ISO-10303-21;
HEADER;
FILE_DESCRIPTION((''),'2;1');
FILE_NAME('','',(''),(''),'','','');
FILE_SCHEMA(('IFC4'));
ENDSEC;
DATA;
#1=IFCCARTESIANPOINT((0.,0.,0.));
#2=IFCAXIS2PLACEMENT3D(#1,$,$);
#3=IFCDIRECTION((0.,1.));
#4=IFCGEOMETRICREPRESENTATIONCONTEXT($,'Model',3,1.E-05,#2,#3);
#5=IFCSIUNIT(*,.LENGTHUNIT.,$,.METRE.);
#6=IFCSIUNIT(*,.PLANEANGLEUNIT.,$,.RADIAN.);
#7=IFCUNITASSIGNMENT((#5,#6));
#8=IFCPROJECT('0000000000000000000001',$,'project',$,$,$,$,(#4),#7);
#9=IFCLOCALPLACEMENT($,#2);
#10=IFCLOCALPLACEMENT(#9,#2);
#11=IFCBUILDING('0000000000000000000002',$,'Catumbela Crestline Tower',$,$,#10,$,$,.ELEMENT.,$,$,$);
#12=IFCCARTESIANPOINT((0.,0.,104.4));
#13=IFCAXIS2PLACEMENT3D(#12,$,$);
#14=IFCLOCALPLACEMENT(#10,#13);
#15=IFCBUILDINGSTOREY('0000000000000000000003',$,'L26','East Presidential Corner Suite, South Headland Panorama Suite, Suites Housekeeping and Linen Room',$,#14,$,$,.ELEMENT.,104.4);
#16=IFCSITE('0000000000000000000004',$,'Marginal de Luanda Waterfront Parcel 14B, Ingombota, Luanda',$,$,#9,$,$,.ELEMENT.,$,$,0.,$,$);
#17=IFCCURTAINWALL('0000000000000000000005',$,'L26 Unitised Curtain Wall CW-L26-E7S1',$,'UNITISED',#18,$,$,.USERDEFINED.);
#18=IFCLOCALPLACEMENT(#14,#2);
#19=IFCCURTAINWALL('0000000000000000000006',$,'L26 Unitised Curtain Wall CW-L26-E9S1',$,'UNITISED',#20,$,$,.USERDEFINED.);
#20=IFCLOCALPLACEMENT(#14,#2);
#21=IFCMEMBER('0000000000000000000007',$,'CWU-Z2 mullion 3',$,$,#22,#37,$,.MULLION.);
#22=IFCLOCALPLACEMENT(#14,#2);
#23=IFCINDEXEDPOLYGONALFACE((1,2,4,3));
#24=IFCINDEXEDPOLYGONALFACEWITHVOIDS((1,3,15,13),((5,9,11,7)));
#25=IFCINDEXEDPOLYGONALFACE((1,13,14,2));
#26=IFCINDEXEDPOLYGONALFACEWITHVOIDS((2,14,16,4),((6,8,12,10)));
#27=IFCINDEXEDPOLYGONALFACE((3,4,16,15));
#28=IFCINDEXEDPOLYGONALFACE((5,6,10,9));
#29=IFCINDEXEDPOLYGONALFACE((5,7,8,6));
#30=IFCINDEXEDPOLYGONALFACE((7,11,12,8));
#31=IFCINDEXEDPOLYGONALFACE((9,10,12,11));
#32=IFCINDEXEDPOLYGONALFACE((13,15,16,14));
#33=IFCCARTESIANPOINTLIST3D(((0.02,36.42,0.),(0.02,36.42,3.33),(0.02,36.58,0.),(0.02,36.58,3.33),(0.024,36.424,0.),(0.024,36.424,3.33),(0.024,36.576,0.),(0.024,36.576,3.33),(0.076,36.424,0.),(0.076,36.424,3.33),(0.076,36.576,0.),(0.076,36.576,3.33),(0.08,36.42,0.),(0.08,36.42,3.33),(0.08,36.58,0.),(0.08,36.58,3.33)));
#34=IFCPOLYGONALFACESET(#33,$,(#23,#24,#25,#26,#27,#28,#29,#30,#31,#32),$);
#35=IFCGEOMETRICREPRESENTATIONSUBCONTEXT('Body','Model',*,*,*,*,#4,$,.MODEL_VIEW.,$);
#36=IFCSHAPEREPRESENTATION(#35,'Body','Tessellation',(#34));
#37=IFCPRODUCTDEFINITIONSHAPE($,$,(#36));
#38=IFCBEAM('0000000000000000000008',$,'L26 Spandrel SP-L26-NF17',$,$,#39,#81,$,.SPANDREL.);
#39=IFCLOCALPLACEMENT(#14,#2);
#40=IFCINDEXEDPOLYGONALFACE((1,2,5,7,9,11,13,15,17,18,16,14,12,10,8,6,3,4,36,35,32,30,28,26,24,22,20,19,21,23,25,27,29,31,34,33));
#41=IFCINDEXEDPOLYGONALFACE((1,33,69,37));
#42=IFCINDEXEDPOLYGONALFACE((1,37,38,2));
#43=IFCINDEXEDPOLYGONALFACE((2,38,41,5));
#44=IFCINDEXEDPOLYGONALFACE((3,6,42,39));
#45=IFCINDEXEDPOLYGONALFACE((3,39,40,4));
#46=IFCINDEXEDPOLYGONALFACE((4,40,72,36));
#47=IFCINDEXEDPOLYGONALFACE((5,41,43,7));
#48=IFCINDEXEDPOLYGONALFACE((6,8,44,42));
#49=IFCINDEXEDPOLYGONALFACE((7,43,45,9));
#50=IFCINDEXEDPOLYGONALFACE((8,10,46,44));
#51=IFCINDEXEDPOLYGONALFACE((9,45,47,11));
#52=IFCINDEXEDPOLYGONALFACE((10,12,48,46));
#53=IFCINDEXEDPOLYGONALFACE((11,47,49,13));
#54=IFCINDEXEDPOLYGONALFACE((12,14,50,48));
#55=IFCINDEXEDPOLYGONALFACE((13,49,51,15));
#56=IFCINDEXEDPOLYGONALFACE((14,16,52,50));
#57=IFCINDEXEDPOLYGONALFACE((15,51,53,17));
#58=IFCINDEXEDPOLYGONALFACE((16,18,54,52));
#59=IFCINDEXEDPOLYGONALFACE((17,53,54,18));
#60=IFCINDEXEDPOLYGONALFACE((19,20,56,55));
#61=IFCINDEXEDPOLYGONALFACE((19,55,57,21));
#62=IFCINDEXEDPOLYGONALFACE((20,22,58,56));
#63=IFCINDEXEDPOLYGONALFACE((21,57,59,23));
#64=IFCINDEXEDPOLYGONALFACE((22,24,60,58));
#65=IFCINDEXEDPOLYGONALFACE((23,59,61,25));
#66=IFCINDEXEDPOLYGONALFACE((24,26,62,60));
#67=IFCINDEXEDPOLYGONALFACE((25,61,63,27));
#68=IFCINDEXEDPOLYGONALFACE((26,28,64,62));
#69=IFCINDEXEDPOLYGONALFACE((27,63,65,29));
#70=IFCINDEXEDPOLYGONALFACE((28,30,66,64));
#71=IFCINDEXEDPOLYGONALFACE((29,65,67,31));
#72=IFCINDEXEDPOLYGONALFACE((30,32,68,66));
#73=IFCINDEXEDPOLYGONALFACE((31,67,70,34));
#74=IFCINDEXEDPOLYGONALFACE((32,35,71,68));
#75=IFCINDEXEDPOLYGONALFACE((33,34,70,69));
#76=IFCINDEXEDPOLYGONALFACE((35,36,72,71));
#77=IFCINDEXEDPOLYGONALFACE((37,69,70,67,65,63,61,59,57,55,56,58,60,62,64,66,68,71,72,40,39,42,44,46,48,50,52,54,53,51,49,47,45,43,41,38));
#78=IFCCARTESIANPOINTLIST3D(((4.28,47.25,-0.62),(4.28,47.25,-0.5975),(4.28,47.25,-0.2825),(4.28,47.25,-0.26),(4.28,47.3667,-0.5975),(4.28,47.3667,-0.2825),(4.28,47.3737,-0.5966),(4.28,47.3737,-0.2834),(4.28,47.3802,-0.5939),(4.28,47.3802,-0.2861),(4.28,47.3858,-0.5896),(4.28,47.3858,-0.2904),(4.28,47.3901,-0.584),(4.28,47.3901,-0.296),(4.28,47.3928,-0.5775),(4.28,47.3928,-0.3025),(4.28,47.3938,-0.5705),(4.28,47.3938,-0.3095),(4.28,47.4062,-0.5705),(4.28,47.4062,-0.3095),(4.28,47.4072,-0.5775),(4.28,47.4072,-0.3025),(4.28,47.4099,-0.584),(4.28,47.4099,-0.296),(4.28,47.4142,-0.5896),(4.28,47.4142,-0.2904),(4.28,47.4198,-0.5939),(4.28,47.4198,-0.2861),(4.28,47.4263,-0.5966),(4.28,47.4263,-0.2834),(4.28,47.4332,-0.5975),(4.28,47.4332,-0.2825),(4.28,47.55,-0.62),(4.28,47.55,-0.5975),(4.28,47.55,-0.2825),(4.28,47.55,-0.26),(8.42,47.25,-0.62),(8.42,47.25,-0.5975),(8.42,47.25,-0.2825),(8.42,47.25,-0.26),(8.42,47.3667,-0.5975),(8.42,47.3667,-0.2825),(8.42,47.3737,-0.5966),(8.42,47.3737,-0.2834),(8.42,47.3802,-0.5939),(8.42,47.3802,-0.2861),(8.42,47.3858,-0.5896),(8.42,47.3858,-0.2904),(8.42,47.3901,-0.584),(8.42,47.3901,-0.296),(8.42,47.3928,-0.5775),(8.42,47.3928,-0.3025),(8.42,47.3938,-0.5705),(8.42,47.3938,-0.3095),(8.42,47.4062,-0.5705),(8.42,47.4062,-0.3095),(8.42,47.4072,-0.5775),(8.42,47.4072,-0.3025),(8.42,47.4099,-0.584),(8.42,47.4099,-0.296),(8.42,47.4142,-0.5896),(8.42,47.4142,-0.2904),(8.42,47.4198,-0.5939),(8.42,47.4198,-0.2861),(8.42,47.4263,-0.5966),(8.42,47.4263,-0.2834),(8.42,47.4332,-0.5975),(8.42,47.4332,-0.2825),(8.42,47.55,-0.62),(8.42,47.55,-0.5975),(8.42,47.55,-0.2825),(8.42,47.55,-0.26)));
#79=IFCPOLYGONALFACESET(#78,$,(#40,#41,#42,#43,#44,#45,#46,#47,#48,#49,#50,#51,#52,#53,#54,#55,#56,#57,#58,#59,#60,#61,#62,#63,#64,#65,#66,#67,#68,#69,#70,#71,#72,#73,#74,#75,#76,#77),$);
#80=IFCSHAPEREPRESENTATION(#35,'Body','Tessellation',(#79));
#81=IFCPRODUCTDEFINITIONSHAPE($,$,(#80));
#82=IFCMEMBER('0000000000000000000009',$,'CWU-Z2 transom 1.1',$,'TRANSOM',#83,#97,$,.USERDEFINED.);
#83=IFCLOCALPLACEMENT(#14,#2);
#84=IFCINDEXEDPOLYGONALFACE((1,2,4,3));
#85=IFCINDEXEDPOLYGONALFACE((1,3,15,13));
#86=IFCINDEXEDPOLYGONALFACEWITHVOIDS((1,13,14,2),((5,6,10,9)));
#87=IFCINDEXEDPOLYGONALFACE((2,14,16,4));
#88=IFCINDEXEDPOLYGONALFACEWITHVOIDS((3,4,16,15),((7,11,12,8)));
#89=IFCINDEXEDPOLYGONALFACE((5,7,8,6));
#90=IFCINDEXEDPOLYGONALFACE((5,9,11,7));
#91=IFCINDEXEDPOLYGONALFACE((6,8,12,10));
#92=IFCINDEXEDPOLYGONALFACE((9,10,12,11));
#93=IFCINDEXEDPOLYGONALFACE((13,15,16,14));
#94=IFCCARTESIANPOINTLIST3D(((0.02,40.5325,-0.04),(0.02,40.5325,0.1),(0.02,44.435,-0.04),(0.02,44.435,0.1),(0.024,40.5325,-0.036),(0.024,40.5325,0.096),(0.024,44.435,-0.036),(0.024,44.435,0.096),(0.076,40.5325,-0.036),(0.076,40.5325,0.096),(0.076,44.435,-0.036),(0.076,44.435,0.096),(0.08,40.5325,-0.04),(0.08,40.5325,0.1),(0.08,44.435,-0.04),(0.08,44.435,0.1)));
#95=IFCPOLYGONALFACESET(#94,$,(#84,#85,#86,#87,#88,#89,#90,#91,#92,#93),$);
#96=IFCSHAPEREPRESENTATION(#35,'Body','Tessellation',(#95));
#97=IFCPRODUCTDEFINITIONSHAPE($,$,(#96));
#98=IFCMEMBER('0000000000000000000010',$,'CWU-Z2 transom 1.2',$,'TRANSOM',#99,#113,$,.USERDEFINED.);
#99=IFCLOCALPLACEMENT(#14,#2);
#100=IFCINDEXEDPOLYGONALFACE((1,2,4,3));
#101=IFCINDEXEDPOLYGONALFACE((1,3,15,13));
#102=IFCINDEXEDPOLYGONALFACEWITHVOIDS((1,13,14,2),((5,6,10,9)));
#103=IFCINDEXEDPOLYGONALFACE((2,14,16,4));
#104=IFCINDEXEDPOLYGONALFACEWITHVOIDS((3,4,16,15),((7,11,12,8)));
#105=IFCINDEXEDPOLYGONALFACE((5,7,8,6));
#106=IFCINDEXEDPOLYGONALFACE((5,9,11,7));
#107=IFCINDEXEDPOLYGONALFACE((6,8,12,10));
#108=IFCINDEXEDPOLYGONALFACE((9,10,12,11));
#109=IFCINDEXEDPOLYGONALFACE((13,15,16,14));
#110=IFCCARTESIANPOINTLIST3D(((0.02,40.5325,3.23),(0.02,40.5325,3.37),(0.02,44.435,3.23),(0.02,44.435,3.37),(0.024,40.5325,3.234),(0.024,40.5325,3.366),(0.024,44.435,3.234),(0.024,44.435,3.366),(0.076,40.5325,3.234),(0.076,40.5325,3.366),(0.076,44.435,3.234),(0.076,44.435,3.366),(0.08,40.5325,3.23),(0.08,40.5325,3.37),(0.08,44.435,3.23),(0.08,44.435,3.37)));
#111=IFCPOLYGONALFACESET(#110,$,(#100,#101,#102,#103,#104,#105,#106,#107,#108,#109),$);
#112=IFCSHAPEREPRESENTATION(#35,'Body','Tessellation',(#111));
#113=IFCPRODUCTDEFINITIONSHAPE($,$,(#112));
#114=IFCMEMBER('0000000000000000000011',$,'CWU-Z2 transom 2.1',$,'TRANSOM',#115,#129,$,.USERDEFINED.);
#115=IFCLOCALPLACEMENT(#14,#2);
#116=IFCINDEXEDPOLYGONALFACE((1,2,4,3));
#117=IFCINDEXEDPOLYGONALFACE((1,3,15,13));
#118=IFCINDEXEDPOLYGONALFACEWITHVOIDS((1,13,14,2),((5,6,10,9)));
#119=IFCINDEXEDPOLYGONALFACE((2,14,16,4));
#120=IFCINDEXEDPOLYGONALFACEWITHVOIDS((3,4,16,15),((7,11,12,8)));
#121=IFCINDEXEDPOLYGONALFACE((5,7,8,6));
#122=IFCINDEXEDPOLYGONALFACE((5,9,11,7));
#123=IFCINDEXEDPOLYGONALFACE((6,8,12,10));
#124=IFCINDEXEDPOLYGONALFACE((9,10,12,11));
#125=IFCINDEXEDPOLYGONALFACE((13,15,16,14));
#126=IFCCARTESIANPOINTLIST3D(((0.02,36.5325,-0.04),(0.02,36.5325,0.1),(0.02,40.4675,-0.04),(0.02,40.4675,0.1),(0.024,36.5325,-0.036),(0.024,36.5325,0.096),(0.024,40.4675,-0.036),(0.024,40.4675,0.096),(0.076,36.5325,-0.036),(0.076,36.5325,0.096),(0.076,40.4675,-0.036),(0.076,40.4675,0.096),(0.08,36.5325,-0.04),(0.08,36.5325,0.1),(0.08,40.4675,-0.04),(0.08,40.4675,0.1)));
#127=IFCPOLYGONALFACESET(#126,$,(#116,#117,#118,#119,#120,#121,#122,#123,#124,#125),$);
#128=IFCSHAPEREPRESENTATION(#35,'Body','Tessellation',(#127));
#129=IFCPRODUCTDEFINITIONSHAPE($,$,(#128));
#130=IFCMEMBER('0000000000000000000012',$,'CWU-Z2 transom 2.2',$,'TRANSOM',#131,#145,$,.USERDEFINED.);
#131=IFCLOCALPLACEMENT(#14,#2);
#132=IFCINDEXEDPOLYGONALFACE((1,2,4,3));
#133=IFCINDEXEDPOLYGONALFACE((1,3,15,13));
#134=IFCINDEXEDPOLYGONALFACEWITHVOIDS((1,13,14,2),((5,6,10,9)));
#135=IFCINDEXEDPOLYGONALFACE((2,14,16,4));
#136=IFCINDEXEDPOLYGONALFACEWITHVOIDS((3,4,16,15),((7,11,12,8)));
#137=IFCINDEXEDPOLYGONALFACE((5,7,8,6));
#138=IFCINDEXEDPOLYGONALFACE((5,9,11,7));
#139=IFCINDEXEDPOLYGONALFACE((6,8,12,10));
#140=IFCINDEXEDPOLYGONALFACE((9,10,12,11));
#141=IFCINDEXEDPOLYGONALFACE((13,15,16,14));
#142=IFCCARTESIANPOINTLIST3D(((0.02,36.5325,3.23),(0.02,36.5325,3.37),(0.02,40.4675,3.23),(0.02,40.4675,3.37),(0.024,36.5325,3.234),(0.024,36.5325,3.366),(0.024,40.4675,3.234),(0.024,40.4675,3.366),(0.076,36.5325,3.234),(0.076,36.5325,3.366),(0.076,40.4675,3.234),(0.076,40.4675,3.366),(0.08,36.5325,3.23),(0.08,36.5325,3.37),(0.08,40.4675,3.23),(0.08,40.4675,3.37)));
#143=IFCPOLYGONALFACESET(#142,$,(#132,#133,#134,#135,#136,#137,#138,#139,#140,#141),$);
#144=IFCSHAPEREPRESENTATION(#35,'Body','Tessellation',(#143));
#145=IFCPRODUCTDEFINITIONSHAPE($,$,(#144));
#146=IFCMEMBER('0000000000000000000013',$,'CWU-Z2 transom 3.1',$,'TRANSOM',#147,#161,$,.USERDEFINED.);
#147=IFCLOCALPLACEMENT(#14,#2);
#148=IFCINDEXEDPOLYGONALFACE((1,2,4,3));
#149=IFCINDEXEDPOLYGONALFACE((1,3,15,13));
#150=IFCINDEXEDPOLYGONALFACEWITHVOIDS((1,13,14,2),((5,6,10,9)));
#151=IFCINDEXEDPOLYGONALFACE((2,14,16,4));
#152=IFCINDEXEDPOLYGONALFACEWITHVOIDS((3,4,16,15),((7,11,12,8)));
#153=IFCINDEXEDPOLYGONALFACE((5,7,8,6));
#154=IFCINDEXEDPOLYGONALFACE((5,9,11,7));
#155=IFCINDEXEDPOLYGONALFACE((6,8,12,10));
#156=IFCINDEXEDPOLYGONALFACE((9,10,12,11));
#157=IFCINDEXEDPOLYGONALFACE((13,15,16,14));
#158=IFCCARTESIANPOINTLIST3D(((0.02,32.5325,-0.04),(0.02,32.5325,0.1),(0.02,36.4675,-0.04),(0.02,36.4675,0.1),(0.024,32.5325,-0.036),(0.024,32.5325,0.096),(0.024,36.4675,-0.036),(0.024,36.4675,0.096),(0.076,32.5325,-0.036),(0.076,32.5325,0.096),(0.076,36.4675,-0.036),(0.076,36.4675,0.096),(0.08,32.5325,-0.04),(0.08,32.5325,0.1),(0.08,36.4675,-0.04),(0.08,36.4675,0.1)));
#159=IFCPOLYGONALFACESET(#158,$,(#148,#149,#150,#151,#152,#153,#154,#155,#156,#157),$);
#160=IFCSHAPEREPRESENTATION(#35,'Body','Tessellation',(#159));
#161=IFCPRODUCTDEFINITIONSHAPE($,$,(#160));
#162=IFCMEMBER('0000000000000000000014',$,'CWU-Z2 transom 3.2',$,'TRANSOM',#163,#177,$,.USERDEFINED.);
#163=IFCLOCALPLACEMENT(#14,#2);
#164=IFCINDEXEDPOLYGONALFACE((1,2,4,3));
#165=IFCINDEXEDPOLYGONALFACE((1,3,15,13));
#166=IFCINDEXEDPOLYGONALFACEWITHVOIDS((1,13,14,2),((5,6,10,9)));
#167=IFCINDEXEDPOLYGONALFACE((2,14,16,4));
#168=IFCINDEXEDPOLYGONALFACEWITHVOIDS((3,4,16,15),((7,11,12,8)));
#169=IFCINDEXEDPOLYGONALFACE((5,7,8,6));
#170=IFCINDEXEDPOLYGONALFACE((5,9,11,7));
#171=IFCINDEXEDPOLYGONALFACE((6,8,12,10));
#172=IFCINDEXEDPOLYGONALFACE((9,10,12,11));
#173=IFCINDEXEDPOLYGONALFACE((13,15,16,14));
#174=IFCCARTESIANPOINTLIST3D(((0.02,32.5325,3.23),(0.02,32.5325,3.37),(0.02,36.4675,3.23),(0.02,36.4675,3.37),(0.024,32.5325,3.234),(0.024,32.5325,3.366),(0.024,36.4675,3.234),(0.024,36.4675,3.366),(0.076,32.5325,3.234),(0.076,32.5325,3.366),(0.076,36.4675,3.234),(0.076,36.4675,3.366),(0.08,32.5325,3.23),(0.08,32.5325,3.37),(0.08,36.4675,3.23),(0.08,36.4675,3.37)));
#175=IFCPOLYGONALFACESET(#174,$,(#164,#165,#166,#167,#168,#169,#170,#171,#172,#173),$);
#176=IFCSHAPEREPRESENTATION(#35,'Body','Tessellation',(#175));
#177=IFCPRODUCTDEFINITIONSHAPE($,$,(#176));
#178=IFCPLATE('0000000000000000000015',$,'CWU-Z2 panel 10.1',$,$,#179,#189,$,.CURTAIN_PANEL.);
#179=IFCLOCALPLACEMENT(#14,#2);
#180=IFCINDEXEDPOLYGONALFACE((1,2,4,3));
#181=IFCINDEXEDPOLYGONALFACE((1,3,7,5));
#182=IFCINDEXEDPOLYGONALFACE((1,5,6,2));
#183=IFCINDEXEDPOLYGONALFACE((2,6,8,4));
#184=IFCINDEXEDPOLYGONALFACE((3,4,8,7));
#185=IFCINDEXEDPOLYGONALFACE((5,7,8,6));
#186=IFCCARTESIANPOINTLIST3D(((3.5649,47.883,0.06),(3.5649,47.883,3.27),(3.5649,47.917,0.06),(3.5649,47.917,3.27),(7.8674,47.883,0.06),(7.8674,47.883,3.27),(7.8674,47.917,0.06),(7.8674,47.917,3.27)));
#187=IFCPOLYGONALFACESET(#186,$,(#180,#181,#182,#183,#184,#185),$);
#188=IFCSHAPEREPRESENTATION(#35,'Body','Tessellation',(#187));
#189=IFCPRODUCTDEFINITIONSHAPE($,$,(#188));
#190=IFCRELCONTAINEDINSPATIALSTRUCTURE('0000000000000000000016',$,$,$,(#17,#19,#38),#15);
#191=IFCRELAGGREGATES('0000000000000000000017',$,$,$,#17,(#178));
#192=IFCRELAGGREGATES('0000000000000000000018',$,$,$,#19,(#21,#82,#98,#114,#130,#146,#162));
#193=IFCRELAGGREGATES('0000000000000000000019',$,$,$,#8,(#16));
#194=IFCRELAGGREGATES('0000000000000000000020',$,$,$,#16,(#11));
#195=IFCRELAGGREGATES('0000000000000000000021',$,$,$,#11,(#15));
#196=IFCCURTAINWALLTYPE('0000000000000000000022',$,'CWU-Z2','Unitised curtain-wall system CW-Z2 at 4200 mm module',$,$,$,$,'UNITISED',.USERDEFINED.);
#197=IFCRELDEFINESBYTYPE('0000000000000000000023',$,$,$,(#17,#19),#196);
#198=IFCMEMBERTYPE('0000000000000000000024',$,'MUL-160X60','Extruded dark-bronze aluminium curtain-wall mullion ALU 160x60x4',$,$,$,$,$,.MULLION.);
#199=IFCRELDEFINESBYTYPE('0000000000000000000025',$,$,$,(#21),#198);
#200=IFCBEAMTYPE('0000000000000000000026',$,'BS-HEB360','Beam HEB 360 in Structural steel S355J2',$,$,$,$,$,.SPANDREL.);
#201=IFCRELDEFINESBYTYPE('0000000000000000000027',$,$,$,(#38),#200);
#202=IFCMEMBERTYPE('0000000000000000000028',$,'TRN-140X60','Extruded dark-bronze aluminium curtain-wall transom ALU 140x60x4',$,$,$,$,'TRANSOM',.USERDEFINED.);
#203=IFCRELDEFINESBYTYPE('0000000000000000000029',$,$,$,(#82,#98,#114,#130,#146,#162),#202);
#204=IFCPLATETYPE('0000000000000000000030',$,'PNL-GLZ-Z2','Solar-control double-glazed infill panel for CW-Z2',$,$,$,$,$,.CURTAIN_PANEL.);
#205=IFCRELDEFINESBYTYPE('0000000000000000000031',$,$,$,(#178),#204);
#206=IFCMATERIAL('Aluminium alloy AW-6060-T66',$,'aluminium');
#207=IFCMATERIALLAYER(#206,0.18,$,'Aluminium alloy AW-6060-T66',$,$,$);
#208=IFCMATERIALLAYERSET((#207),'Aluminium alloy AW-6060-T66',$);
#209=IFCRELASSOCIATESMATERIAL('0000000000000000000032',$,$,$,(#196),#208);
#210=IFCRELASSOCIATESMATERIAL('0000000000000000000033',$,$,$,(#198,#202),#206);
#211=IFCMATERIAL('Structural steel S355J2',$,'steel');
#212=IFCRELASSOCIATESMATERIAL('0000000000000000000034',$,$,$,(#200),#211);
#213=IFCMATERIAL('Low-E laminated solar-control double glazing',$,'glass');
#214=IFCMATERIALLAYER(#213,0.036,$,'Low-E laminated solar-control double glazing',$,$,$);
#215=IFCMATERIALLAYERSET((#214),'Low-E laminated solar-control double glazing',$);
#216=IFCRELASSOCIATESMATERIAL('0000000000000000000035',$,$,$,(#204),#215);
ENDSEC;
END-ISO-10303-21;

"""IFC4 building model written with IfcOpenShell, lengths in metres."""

from ifc_helpers import new_model, si_unit, direction, frame, origin, origin_2d, place, context, subcontext, project, spatial, rectangle, hollow_rectangle, i_section, extrude, material, layer, layer_set, material_profile, profile_set, type_object, element, aggregate, save


model = new_model("IFC4")

# Units and contexts
model_context = context("Model", 3, precision=1e-05, world=origin(), true_north=direction((0.0, 1.0)))
body_context = subcontext(model_context, "Body", "Model", "MODEL_VIEW")
ifc_project = project(units=[si_unit("LENGTHUNIT", "METRE"), si_unit("PLANEANGLEUNIT", "RADIAN")], contexts=[model_context])

# Site, building, storey
site_placement = place(None, origin())
site = spatial("IfcSite", under=ifc_project, at=site_placement, Name="Marginal de Luanda Waterfront Parcel 14B, Ingombota, Luanda", CompositionType="ELEMENT", RefElevation=0.0)
building_placement = place(site_placement, origin())
building = spatial("IfcBuilding", under=site, at=building_placement, Name="Catumbela Crestline Tower", CompositionType="ELEMENT")
storey_placement = place(building_placement, frame((0.0, 0.0, 104.4)))
storey = spatial("IfcBuildingStorey", under=building, at=storey_placement, Name="L26", Description="East Presidential Corner Suite, South Headland Panorama Suite, Suites Housekeeping and Linen Room", CompositionType="ELEMENT", Elevation=104.4)

# Shared definitions
ifc_material_1 = material(Name="Structural steel S355J2", Category="steel")

# Curtain wall
ifc_material_2 = material(Name="Aluminium alloy AW-6060-T66", Category="aluminium")
ifc_layer_1 = layer(ifc_material_2, 0.18, Name="Aluminium alloy AW-6060-T66")
ifc_layer_set_1 = layer_set([ifc_layer_1], Name="Aluminium alloy AW-6060-T66")
curtain_wall_type = type_object("IfcCurtainWallType", Name="CWU-Z2", Description="Unitised curtain-wall system CW-Z2 at 4200 mm module", ElementType="UNITISED", PredefinedType="USERDEFINED", material=ifc_layer_set_1)
curtain_wall_1_placement = place(storey_placement, origin())
curtain_wall_1 = element("IfcCurtainWall", 1, at=curtain_wall_1_placement, inside=storey, type_object=curtain_wall_type, Name="L26 Unitised Curtain Wall CW-L26-E7S1", ObjectType="UNITISED", PredefinedType="USERDEFINED")
ifc_material_profile_1 = material_profile(ifc_material_2, hollow_rectangle(XDim=0.06, YDim=0.16, WallThickness=0.004, at=origin_2d()), Name="ALU 160x60x4")
ifc_profile_set_1 = profile_set([ifc_material_profile_1], Name="Aluminium alloy AW-6060-T66")
member_type_1 = type_object("IfcMemberType", Name="MUL-160X60", Description="Extruded dark-bronze aluminium curtain-wall mullion ALU 160x60x4", PredefinedType="MULLION", material=ifc_profile_set_1)

# Curtain wall, member
curtain_wall_2_placement = place(storey_placement, origin())
curtain_wall_2 = element("IfcCurtainWall", 2, at=curtain_wall_2_placement, inside=storey, type_object=curtain_wall_type, Name="L26 Unitised Curtain Wall CW-L26-E9S1", ObjectType="UNITISED", PredefinedType="USERDEFINED")
member_1_placement = place(storey_placement, frame((0.05, 36.5, 0.0), z_axis=(0.0, 0.0, 1.0), x_axis=(1.0, 0.0, 0.0)))
member_1 = element("IfcMember", 3, at=member_1_placement, type_object=member_type_1, Name="CWU-Z2 mullion 3", PredefinedType="MULLION", context=body_context, shape_type="SweptSolid", body=[
    extrude(hollow_rectangle(XDim=0.06, YDim=0.16, WallThickness=0.004, at=origin_2d()), origin(), (0.0, 0.0, 1.0), 3.33),
])

# Beam
ifc_material_profile_2 = material_profile(ifc_material_1, i_section(OverallWidth=0.3, OverallDepth=0.36, WebThickness=0.0125, FlangeThickness=0.0225, FilletRadius=0.027, at=origin_2d()), Name="HEB 360")
ifc_profile_set_2 = profile_set([ifc_material_profile_2], Name="Structural steel S355J2")
beam_type_1 = type_object("IfcBeamType", Name="BS-HEB360", Description="Beam HEB 360 in Structural steel S355J2", PredefinedType="SPANDREL", material=ifc_profile_set_2)
beam_1_placement = place(storey_placement, frame((4.28, 47.4, -0.44), z_axis=(1.0, 0.0, 0.0), x_axis=(0.0, 1.0, 0.0)))
element("IfcBeam", 4, at=beam_1_placement, inside=storey, type_object=beam_type_1, Name="L26 Spandrel SP-L26-NF17", PredefinedType="SPANDREL", context=body_context, shape_type="SweptSolid", body=[
    extrude(i_section(OverallWidth=0.3, OverallDepth=0.36, WebThickness=0.0125, FlangeThickness=0.0225, FilletRadius=0.027, at=origin_2d()), origin(), (0.0, 0.0, 1.0), 4.14),
])

# Members
ifc_material_profile_3 = material_profile(ifc_material_2, hollow_rectangle(XDim=0.06, YDim=0.14, WallThickness=0.004, at=origin_2d()), Name="ALU 140x60x4")
ifc_profile_set_3 = profile_set([ifc_material_profile_3], Name="Aluminium alloy AW-6060-T66")
member_type_2 = type_object("IfcMemberType", Name="TRN-140X60", Description="Extruded dark-bronze aluminium curtain-wall transom ALU 140x60x4", ElementType="TRANSOM", PredefinedType="USERDEFINED", material=ifc_profile_set_3)
member_2_placement = place(storey_placement, frame((0.05, 44.435, 0.03), z_axis=(0.0, -1.0, 0.0), x_axis=(1.0, 0.0, 0.0)))
member_2 = element("IfcMember", 5, at=member_2_placement, type_object=member_type_2, Name="CWU-Z2 transom 1.1", ObjectType="TRANSOM", PredefinedType="USERDEFINED", context=body_context, shape_type="SweptSolid", body=[
    extrude(hollow_rectangle(XDim=0.06, YDim=0.14, WallThickness=0.004, at=origin_2d()), origin(), (0.0, 0.0, 1.0), 3.9025),
])
member_3_placement = place(storey_placement, frame((0.05, 44.435, 3.3), z_axis=(0.0, -1.0, 0.0), x_axis=(1.0, 0.0, 0.0)))
member_3 = element("IfcMember", 6, at=member_3_placement, type_object=member_type_2, Name="CWU-Z2 transom 1.2", ObjectType="TRANSOM", PredefinedType="USERDEFINED", context=body_context, shape_type="SweptSolid", body=[
    extrude(hollow_rectangle(XDim=0.06, YDim=0.14, WallThickness=0.004, at=origin_2d()), origin(), (0.0, 0.0, 1.0), 3.9025),
])
member_4_placement = place(storey_placement, frame((0.05, 40.4675, 0.03), z_axis=(0.0, -1.0, 0.0), x_axis=(1.0, 0.0, 0.0)))
member_4 = element("IfcMember", 7, at=member_4_placement, type_object=member_type_2, Name="CWU-Z2 transom 2.1", ObjectType="TRANSOM", PredefinedType="USERDEFINED", context=body_context, shape_type="SweptSolid", body=[
    extrude(hollow_rectangle(XDim=0.06, YDim=0.14, WallThickness=0.004, at=origin_2d()), origin(), (0.0, 0.0, 1.0), 3.935),
])
member_5_placement = place(storey_placement, frame((0.05, 40.4675, 3.3), z_axis=(0.0, -1.0, 0.0), x_axis=(1.0, 0.0, 0.0)))
member_5 = element("IfcMember", 8, at=member_5_placement, type_object=member_type_2, Name="CWU-Z2 transom 2.2", ObjectType="TRANSOM", PredefinedType="USERDEFINED", context=body_context, shape_type="SweptSolid", body=[
    extrude(hollow_rectangle(XDim=0.06, YDim=0.14, WallThickness=0.004, at=origin_2d()), origin(), (0.0, 0.0, 1.0), 3.935),
])
member_6_placement = place(storey_placement, frame((0.05, 36.4675, 0.03), z_axis=(0.0, -1.0, 0.0), x_axis=(1.0, 0.0, 0.0)))
member_6 = element("IfcMember", 9, at=member_6_placement, type_object=member_type_2, Name="CWU-Z2 transom 3.1", ObjectType="TRANSOM", PredefinedType="USERDEFINED", context=body_context, shape_type="SweptSolid", body=[
    extrude(hollow_rectangle(XDim=0.06, YDim=0.14, WallThickness=0.004, at=origin_2d()), origin(), (0.0, 0.0, 1.0), 3.935),
])
member_7_placement = place(storey_placement, frame((0.05, 36.4675, 3.3), z_axis=(0.0, -1.0, 0.0), x_axis=(1.0, 0.0, 0.0)))
member_7 = element("IfcMember", 10, at=member_7_placement, type_object=member_type_2, Name="CWU-Z2 transom 3.2", ObjectType="TRANSOM", PredefinedType="USERDEFINED", context=body_context, shape_type="SweptSolid", body=[
    extrude(hollow_rectangle(XDim=0.06, YDim=0.14, WallThickness=0.004, at=origin_2d()), origin(), (0.0, 0.0, 1.0), 3.935),
])

# Plate
ifc_material_3 = material(Name="Low-E laminated solar-control double glazing", Category="glass")
ifc_layer_2 = layer(ifc_material_3, 0.036, Name="Low-E laminated solar-control double glazing")
ifc_layer_set_2 = layer_set([ifc_layer_2], Name="Low-E laminated solar-control double glazing")
plate_type = type_object("IfcPlateType", Name="PNL-GLZ-Z2", Description="Solar-control double-glazed infill panel for CW-Z2", PredefinedType="CURTAIN_PANEL", material=ifc_layer_set_2)
plate_1_placement = place(storey_placement, frame((5.7162, 47.9, 0.06), z_axis=(0.0, 0.0, 1.0), x_axis=(-1.0, 0.0, 0.0)))
plate_1 = element("IfcPlate", 11, at=plate_1_placement, type_object=plate_type, Name="CWU-Z2 panel 10.1", PredefinedType="CURTAIN_PANEL", context=body_context, shape_type="SweptSolid", body=[
    extrude(rectangle(XDim=4.3025, YDim=0.034, at=origin_2d()), origin(), (0.0, 0.0, 1.0), 3.21),
])
aggregate(curtain_wall_1, [plate_1])
aggregate(curtain_wall_2, [member_1, member_2, member_3, member_4, member_5, member_6, member_7])

save(model, "model.ifc")
